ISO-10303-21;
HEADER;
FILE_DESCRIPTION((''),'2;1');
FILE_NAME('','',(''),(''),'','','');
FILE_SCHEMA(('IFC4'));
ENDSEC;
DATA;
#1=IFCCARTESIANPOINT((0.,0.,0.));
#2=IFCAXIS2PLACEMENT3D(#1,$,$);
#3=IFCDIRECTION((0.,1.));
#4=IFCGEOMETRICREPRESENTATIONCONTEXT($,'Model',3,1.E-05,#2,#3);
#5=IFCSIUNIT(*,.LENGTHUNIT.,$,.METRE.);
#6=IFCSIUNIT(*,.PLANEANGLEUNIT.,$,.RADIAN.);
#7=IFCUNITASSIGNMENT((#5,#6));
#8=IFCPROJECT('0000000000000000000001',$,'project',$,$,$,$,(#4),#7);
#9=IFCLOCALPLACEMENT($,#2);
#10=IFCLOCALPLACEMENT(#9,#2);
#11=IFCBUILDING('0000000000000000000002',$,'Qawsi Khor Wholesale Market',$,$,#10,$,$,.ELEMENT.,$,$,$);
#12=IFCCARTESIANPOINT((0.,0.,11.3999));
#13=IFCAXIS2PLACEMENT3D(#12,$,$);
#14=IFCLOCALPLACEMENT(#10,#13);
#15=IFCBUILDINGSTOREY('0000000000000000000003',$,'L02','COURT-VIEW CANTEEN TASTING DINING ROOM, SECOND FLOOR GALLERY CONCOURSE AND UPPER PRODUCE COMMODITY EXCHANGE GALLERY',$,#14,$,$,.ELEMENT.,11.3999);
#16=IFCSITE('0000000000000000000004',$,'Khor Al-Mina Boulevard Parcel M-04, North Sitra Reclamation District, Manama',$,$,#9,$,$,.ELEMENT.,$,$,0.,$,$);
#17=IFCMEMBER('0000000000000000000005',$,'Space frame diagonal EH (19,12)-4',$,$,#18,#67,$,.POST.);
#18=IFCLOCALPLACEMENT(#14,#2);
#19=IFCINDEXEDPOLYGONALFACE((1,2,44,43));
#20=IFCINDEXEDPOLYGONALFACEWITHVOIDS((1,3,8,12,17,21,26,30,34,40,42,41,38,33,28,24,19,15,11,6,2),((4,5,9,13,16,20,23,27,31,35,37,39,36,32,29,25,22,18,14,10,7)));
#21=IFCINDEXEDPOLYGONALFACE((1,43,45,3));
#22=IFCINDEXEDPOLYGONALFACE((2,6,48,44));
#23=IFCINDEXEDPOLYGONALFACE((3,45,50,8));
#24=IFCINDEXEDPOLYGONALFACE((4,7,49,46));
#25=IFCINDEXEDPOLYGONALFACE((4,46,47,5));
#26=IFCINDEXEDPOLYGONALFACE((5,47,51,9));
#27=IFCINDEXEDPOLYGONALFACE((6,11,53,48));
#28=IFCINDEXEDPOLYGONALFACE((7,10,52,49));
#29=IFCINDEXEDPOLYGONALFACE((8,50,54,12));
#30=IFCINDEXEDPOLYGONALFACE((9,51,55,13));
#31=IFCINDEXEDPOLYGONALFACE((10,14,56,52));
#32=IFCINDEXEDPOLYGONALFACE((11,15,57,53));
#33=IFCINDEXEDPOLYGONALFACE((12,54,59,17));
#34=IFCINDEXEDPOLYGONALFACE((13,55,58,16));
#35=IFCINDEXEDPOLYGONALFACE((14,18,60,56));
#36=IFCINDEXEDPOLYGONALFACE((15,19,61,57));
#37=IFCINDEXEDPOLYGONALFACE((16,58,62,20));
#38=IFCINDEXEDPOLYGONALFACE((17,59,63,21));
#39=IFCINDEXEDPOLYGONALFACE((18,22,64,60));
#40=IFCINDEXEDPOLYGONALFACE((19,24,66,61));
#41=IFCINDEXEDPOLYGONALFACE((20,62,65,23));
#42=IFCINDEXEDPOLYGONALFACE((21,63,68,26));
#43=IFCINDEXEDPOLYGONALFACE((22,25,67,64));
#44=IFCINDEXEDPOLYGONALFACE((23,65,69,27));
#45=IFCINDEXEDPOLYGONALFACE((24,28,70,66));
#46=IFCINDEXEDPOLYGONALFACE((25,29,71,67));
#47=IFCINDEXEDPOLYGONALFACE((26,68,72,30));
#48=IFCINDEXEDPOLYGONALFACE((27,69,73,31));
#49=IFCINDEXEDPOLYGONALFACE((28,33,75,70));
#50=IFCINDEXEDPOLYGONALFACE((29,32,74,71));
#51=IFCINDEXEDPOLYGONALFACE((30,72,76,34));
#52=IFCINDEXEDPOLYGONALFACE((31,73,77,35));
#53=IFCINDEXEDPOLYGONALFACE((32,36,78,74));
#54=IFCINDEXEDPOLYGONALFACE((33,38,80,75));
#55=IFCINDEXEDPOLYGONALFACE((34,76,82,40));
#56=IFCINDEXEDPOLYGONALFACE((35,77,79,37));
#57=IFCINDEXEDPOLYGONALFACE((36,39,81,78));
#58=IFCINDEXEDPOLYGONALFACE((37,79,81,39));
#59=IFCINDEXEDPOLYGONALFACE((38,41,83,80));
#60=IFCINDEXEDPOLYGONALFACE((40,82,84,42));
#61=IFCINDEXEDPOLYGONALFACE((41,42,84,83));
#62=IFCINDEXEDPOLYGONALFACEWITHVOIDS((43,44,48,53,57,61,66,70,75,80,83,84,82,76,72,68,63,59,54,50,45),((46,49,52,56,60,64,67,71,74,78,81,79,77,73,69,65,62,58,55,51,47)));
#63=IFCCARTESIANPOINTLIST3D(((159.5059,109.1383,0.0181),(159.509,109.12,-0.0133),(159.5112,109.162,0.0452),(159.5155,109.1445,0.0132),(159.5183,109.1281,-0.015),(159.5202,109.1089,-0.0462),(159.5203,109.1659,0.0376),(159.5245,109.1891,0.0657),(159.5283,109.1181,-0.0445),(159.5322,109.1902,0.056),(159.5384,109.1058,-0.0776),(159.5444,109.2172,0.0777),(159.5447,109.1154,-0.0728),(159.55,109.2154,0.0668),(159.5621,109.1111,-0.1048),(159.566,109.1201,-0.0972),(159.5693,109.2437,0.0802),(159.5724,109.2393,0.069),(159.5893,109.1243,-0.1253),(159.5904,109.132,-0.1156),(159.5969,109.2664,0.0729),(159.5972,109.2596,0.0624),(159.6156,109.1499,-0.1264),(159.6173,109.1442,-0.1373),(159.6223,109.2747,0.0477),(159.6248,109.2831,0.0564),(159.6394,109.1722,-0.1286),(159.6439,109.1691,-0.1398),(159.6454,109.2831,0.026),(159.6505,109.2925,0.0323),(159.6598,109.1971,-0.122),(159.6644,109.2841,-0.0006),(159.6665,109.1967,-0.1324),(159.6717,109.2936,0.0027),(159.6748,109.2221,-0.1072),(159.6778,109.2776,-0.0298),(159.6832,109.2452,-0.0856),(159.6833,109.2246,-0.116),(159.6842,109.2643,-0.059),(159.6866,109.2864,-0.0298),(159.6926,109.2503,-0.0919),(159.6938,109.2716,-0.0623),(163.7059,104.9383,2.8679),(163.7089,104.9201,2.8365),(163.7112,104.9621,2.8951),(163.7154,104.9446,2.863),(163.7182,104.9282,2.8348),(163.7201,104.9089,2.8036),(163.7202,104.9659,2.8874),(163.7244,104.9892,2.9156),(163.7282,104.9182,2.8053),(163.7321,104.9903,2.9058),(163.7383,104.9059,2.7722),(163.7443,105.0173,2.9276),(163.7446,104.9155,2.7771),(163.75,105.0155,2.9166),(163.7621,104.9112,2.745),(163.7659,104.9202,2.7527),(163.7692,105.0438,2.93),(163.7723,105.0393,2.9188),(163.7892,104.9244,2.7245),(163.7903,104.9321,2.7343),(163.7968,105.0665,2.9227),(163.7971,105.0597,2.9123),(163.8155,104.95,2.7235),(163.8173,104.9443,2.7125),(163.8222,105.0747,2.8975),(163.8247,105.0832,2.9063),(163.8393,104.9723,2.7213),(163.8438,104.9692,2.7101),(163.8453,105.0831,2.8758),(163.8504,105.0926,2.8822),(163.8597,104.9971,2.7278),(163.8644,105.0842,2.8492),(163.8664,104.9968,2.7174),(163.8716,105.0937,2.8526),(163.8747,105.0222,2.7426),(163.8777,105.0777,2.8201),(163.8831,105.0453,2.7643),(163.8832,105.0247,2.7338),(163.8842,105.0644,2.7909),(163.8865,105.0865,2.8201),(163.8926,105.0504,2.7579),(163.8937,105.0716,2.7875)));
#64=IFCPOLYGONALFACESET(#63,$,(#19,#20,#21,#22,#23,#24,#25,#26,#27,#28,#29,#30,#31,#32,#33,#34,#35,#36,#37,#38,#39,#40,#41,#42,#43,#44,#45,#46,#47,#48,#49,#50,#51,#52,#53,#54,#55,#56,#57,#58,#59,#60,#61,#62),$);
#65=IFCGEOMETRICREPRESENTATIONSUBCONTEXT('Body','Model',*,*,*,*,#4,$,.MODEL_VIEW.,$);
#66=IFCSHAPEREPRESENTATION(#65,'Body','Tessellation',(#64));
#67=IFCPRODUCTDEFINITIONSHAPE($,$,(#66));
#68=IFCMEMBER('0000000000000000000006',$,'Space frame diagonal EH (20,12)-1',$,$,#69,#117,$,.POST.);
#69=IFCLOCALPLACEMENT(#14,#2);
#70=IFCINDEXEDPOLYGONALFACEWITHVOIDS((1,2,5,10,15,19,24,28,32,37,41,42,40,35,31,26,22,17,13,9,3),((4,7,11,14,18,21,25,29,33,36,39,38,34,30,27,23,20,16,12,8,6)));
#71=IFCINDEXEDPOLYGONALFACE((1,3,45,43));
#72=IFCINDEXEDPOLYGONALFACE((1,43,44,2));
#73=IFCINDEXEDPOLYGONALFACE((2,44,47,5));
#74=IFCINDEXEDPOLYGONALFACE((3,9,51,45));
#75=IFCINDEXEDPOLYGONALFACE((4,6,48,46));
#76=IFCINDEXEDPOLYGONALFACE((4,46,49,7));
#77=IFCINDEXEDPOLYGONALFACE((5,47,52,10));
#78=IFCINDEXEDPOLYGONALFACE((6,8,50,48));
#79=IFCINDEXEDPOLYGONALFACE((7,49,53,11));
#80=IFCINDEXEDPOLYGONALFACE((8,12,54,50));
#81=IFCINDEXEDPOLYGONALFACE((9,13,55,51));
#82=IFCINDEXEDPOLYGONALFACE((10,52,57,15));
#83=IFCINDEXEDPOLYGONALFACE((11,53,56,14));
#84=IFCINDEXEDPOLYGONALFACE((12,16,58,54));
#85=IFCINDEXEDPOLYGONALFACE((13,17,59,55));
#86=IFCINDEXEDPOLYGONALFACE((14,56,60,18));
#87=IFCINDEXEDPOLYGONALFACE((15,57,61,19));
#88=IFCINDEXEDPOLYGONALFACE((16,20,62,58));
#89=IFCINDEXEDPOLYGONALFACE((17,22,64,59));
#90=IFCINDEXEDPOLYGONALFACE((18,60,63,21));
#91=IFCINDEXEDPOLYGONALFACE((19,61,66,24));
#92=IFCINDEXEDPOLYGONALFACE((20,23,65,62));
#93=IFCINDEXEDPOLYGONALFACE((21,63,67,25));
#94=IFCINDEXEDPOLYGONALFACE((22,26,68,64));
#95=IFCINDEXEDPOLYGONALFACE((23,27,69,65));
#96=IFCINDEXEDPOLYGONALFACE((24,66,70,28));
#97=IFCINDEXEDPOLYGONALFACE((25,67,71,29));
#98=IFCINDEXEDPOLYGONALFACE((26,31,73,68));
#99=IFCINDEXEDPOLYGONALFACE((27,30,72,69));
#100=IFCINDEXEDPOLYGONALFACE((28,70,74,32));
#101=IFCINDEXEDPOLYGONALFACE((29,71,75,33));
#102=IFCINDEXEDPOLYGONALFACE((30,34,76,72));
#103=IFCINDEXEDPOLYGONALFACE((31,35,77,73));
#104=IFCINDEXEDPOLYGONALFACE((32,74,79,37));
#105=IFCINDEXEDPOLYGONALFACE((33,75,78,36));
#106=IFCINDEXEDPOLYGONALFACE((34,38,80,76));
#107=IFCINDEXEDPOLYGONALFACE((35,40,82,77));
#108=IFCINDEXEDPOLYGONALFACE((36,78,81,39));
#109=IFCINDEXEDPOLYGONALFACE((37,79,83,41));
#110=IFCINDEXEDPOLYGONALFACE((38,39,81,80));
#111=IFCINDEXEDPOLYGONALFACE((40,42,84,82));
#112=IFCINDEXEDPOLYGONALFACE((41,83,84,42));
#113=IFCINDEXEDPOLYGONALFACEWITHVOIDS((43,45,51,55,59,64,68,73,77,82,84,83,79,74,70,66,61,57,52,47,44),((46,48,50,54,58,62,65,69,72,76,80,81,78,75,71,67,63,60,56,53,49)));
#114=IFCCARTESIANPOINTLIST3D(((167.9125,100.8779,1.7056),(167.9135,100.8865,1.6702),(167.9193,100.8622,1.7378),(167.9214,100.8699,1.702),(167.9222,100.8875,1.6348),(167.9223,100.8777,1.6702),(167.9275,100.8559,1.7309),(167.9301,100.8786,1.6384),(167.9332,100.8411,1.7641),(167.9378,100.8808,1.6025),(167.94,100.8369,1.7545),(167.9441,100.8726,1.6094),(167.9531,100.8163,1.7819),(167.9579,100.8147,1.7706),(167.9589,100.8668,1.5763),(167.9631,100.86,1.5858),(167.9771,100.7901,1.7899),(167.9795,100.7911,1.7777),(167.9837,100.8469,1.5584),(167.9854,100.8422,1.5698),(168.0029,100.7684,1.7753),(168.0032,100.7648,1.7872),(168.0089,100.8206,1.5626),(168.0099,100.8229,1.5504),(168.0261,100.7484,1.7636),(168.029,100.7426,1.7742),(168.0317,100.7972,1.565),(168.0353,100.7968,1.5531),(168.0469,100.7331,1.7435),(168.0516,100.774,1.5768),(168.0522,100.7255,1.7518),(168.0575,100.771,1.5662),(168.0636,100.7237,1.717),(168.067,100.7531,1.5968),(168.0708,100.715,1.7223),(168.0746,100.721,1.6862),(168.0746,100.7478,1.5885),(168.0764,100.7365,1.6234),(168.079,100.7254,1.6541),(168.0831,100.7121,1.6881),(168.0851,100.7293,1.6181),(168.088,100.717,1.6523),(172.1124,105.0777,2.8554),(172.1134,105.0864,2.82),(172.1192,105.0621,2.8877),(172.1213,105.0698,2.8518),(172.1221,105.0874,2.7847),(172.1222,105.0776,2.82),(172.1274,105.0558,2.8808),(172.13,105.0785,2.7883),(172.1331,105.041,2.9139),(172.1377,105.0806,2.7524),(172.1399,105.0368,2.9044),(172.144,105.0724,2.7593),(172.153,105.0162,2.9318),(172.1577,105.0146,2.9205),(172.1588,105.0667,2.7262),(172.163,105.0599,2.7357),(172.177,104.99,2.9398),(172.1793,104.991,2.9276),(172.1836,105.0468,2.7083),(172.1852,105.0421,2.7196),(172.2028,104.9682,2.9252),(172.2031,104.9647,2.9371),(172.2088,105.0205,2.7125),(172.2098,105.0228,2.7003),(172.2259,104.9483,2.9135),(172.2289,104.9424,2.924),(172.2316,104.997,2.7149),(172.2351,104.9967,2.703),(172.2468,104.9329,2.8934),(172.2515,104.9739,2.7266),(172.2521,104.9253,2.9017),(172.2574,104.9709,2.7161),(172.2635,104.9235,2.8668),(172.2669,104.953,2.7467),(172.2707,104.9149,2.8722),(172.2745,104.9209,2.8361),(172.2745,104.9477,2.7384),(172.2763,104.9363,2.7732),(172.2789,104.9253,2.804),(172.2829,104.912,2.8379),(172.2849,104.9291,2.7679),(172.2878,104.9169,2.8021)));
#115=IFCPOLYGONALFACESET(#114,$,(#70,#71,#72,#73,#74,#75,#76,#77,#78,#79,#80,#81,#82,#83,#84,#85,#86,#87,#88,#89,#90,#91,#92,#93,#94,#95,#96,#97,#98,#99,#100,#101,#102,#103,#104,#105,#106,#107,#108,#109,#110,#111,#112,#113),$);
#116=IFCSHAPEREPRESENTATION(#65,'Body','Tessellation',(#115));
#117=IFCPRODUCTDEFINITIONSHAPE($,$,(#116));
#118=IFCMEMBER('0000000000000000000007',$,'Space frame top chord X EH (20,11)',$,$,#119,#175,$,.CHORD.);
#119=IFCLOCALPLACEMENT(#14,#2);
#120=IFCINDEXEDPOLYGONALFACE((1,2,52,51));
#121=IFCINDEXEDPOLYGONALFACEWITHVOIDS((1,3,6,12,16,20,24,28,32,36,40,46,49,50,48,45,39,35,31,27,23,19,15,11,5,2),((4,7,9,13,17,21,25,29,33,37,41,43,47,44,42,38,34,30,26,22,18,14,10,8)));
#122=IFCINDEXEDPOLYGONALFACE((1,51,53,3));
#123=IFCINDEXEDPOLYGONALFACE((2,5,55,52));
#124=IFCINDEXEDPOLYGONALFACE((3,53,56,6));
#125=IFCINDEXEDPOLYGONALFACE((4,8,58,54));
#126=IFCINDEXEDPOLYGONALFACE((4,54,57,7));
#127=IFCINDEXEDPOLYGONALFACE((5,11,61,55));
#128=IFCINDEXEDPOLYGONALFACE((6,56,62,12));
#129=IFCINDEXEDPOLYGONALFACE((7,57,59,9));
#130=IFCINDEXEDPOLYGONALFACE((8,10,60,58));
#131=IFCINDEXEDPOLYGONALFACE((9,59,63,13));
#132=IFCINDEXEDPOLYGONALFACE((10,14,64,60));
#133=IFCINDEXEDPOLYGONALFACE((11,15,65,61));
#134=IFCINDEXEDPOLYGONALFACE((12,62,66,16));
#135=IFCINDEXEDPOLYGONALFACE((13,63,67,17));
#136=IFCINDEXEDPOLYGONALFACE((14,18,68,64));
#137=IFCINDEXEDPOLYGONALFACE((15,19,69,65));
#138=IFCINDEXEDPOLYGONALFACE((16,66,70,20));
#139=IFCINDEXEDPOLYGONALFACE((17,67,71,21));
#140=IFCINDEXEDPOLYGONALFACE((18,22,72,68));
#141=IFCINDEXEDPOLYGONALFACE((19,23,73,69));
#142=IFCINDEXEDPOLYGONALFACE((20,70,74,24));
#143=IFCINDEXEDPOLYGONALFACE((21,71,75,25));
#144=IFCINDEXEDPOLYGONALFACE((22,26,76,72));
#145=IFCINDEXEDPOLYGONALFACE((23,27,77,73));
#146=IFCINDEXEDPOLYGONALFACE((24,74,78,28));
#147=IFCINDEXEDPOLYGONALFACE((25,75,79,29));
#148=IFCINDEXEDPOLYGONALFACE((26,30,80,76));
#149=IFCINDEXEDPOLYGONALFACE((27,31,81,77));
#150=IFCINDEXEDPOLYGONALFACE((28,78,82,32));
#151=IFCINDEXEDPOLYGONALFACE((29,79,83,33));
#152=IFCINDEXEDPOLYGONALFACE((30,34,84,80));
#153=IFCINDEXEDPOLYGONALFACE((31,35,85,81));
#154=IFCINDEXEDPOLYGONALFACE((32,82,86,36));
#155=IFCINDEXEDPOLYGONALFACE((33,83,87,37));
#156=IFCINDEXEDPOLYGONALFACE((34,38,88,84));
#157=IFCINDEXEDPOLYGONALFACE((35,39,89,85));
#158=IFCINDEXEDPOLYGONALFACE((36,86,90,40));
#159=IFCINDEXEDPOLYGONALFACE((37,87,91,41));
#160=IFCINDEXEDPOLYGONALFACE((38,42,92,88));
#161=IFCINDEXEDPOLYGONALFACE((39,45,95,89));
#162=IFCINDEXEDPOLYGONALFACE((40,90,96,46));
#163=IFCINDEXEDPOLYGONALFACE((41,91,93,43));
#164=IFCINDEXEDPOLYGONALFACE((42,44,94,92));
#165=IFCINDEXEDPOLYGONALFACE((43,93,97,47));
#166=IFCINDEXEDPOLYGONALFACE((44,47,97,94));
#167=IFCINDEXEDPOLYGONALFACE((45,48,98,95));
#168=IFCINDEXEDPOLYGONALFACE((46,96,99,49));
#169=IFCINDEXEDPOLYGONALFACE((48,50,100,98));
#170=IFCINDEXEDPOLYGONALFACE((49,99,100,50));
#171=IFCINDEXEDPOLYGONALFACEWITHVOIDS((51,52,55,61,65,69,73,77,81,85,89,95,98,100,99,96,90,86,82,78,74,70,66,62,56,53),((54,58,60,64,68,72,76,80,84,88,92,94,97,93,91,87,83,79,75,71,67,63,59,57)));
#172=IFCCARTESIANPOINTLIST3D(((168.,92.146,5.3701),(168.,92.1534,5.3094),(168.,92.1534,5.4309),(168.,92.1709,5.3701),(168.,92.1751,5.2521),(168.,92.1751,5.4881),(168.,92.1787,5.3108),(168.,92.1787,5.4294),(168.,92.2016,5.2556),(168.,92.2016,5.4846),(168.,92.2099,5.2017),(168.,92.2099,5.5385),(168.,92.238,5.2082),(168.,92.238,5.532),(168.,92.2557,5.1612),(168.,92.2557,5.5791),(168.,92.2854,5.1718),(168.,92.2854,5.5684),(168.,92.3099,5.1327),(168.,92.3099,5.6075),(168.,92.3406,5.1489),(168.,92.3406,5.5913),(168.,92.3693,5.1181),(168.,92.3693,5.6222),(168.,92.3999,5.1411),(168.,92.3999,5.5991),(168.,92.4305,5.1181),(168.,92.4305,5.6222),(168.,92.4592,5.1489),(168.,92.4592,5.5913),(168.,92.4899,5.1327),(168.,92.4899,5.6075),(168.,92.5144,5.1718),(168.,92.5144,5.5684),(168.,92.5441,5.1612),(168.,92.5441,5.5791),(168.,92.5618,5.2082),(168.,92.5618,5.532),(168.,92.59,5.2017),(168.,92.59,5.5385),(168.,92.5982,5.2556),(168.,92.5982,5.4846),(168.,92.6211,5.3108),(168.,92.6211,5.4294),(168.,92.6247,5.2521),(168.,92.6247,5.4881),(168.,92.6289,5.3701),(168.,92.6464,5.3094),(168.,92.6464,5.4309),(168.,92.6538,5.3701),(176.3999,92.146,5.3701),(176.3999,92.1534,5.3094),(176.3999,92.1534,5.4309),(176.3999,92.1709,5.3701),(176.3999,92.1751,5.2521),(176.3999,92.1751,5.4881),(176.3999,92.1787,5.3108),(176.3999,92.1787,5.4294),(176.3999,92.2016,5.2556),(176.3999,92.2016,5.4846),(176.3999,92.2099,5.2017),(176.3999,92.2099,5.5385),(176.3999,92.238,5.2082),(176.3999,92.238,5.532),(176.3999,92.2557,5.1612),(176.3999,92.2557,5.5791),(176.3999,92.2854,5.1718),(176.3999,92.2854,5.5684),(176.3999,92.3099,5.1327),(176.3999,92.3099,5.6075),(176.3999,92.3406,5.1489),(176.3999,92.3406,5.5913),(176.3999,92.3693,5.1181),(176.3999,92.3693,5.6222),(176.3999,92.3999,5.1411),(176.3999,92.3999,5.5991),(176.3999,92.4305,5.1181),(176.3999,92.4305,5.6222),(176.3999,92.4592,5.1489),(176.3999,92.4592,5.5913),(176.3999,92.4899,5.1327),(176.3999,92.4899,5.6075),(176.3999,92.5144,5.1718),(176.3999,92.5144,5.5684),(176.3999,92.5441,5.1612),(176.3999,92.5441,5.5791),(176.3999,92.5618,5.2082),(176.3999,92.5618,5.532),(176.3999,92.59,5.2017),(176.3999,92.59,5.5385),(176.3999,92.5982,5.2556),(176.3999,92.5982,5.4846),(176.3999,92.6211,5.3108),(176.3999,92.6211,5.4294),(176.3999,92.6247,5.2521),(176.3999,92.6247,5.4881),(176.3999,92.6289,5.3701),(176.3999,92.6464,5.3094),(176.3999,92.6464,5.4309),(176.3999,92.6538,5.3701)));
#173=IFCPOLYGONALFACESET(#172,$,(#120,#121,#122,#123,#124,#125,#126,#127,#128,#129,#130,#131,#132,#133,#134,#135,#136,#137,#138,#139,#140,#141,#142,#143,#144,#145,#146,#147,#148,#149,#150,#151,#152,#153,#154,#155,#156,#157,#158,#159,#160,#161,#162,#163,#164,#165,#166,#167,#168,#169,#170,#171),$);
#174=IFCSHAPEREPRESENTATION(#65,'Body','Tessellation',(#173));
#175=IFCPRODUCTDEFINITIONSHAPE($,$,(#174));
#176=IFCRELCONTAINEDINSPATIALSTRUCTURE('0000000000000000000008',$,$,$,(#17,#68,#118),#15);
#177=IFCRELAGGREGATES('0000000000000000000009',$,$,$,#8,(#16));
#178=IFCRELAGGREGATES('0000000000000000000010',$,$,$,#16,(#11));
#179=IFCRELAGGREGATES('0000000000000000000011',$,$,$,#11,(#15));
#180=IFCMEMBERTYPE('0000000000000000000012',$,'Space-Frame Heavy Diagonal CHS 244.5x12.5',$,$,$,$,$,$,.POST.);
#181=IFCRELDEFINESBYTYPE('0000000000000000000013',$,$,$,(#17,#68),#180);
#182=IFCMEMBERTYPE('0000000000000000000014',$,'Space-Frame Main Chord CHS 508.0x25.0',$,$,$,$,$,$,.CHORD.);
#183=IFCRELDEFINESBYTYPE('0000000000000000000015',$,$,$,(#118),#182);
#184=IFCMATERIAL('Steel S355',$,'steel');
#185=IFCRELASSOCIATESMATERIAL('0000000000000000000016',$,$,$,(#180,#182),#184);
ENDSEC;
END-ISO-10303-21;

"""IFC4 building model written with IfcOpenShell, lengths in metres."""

from ifc_helpers import new_model, si_unit, direction, frame, origin, origin_2d, place, context, subcontext, project, spatial, hollow_circle, extrude, material, material_profile, profile_set, type_object, element, save


model = new_model("IFC4")

# Units and contexts
model_context = context("Model", 3, precision=1e-05, world=origin(), true_north=direction((0.0, 1.0)))
body_context = subcontext(model_context, "Body", "Model", "MODEL_VIEW")
ifc_project = project(units=[si_unit("LENGTHUNIT", "METRE"), si_unit("PLANEANGLEUNIT", "RADIAN")], contexts=[model_context])

# Site, building, storey
site_placement = place(None, origin())
site = spatial("IfcSite", under=ifc_project, at=site_placement, Name="Khor Al-Mina Boulevard Parcel M-04, North Sitra Reclamation District, Manama", CompositionType="ELEMENT", RefElevation=0.0)
building_placement = place(site_placement, origin())
building = spatial("IfcBuilding", under=site, at=building_placement, Name="Qawsi Khor Wholesale Market", CompositionType="ELEMENT")
storey_placement = place(building_placement, frame((0.0, 0.0, 11.3999)))
storey = spatial("IfcBuildingStorey", under=building, at=storey_placement, Name="L02", Description="COURT-VIEW CANTEEN TASTING DINING ROOM, SECOND FLOOR GALLERY CONCOURSE AND UPPER PRODUCE COMMODITY EXCHANGE GALLERY", CompositionType="ELEMENT", Elevation=11.3999)

# Members
ifc_material_1 = material(Name="Steel S355", Category="steel")
ifc_material_profile_1 = material_profile(ifc_material_1, hollow_circle(Radius=0.1223, WallThickness=0.0125, at=origin_2d()), Name="CHS 244.5x12.5")
ifc_profile_set_1 = profile_set([ifc_material_profile_1], Name="Steel S355")
member_type_1 = type_object("IfcMemberType", Name="Space-Frame Heavy Diagonal CHS 244.5x12.5", PredefinedType="POST", material=ifc_profile_set_1)
member_1_placement = place(storey_placement, frame((159.6001, 109.2, -0.0298), z_axis=(0.637522, -0.637522, 0.432587), x_axis=(0.707107, 0.707107, 0.0)))
element("IfcMember", 1, at=member_1_placement, inside=storey, type_object=member_type_1, Name="Space frame diagonal EH (19,12)-4", PredefinedType="POST", context=body_context, shape_type="SweptSolid", body=[
    extrude(hollow_circle(Radius=0.1223, WallThickness=0.0125, at=origin_2d()), origin(), (0.0, 0.0, 1.0), 6.5879),
])
member_2_placement = place(storey_placement, frame((168.0, 100.8, 1.6702), z_axis=(0.694217, 0.694217, 0.190069), x_axis=(-0.707107, 0.707107, 0.0)))
element("IfcMember", 2, at=member_2_placement, inside=storey, type_object=member_type_1, Name="Space frame diagonal EH (20,12)-1", PredefinedType="POST", context=body_context, shape_type="SweptSolid", body=[
    extrude(hollow_circle(Radius=0.1223, WallThickness=0.0125, at=origin_2d()), origin(), (0.0, 0.0, 1.0), 6.0498),
])
ifc_material_profile_2 = material_profile(ifc_material_1, hollow_circle(Radius=0.2539, WallThickness=0.0249, at=origin_2d()), Name="CHS 508.0x25.0")
ifc_profile_set_2 = profile_set([ifc_material_profile_2], Name="Steel S355")
member_type_2 = type_object("IfcMemberType", Name="Space-Frame Main Chord CHS 508.0x25.0", PredefinedType="CHORD", material=ifc_profile_set_2)
member_3_placement = place(storey_placement, frame((168.0, 92.3999, 5.3701), z_axis=(1.0, 0.0, 0.0), x_axis=(0.0, 1.0, 0.0)))
element("IfcMember", 3, at=member_3_placement, inside=storey, type_object=member_type_2, Name="Space frame top chord X EH (20,11)", PredefinedType="CHORD", context=body_context, shape_type="SweptSolid", body=[
    extrude(hollow_circle(Radius=0.2539, WallThickness=0.0249, at=origin_2d()), origin(), (0.0, 0.0, 1.0), 8.3999),
])

save(model, "model.ifc")
